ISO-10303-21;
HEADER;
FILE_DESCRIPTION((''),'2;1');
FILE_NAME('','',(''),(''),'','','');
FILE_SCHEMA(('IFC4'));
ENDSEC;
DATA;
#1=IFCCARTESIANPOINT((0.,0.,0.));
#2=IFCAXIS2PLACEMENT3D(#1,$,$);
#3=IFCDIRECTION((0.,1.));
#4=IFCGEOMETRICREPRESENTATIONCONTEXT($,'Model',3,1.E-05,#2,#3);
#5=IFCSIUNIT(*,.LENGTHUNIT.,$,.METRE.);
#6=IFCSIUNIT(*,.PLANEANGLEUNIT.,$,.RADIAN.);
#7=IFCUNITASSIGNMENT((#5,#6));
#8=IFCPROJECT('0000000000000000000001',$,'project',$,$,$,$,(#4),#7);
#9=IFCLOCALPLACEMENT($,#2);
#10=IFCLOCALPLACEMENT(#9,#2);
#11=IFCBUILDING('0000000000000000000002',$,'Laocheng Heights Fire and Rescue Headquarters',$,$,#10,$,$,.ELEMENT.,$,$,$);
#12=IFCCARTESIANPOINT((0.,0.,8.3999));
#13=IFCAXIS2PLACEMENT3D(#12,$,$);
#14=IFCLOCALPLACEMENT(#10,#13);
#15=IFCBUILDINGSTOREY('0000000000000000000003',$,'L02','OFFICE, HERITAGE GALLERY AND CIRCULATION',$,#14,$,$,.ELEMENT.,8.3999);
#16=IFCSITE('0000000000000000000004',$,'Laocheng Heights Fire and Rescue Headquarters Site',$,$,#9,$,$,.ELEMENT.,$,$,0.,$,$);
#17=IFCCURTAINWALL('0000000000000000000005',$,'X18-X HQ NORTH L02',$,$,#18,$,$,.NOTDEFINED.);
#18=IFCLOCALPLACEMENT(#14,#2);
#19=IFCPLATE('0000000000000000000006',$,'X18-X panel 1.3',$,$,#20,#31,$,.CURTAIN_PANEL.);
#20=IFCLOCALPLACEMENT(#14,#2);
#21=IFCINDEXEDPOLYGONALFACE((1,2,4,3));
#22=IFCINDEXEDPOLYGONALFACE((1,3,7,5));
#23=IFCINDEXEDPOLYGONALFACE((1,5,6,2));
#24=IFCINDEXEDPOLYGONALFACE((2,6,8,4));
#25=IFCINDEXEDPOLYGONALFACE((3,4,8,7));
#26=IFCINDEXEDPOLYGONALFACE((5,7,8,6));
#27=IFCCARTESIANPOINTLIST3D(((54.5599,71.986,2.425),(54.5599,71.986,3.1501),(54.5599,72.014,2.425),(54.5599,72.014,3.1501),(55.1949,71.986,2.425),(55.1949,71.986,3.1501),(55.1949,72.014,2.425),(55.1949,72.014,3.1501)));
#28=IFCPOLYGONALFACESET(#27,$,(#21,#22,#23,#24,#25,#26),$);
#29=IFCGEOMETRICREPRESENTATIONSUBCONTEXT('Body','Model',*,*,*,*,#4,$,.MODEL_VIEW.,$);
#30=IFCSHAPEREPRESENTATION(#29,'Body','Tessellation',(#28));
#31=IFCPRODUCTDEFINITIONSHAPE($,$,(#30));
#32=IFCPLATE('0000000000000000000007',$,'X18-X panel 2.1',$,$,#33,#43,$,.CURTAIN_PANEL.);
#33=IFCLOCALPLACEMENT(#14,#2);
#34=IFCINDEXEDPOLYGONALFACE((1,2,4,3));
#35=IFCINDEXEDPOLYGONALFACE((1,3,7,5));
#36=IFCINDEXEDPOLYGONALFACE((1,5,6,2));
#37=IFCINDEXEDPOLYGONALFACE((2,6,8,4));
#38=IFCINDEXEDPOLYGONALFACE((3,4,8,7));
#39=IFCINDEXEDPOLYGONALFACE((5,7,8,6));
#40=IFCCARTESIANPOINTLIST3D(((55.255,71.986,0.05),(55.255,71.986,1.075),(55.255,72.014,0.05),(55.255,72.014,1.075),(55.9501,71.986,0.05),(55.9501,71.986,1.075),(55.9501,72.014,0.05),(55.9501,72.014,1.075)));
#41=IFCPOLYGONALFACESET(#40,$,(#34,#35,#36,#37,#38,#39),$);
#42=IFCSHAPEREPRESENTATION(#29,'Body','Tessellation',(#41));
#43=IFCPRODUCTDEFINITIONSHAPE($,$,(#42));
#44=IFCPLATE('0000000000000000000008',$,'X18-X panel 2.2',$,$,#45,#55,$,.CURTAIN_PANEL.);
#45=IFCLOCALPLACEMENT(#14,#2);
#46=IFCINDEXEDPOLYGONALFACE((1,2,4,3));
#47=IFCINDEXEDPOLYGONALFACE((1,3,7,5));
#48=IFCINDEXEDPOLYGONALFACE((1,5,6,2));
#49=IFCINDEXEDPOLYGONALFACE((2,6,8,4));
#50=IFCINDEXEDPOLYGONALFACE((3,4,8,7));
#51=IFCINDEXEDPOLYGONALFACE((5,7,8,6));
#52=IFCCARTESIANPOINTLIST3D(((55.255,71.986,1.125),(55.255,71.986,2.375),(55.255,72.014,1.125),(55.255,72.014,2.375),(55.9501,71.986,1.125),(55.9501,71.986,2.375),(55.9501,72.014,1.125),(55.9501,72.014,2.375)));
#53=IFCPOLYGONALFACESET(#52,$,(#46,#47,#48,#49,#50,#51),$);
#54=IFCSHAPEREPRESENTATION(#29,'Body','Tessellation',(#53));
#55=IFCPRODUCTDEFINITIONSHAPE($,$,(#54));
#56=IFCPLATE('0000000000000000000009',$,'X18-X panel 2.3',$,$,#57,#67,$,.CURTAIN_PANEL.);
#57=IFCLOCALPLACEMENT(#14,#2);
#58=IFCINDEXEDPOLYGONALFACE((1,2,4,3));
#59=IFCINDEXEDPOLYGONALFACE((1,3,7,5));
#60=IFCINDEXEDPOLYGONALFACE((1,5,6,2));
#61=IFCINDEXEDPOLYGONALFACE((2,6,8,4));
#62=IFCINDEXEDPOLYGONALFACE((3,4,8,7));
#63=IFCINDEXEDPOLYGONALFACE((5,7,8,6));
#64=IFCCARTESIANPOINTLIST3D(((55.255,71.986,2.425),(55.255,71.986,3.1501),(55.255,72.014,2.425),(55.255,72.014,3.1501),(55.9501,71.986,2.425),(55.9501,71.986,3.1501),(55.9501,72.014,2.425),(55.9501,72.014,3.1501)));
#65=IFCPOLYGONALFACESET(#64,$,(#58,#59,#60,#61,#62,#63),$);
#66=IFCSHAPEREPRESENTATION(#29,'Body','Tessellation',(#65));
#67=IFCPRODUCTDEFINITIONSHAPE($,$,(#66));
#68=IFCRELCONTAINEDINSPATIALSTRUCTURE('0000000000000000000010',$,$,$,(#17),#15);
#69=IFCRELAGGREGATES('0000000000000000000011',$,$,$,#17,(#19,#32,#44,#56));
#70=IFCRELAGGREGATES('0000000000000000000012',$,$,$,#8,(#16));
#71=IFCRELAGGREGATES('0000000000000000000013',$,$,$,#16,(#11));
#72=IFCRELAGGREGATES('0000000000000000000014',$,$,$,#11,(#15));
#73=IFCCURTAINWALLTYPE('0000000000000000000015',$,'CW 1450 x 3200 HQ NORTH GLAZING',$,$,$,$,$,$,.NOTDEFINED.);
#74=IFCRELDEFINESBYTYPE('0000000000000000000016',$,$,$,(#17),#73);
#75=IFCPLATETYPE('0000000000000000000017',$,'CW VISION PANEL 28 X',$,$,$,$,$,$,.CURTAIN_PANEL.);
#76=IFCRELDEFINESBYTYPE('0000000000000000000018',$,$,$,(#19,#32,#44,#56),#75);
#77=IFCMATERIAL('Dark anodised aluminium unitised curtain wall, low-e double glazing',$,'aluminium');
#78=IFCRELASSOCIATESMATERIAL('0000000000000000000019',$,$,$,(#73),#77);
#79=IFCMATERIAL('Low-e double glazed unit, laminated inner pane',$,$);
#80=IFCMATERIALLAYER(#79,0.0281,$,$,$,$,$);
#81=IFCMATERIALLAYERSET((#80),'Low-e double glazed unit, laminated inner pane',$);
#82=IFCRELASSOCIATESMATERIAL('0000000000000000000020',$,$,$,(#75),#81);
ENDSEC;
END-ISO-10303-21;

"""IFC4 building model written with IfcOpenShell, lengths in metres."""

from ifc_helpers import new_model, si_unit, direction, frame, origin, origin_2d, place, context, subcontext, project, spatial, rectangle, extrude, material, layer, layer_set, type_object, element, aggregate, save


model = new_model("IFC4")

# Units and contexts
model_context = context("Model", 3, precision=1e-05, world=origin(), true_north=direction((0.0, 1.0)))
body_context = subcontext(model_context, "Body", "Model", "MODEL_VIEW")
ifc_project = project(units=[si_unit("LENGTHUNIT", "METRE"), si_unit("PLANEANGLEUNIT", "RADIAN")], contexts=[model_context])

# Site, building, storey
site_placement = place(None, origin())
site = spatial("IfcSite", under=ifc_project, at=site_placement, Name="Laocheng Heights Fire and Rescue Headquarters Site", CompositionType="ELEMENT", RefElevation=0.0)
building_placement = place(site_placement, origin())
building = spatial("IfcBuilding", under=site, at=building_placement, Name="Laocheng Heights Fire and Rescue Headquarters", CompositionType="ELEMENT")
storey_placement = place(building_placement, frame((0.0, 0.0, 8.3999)))
storey = spatial("IfcBuildingStorey", under=building, at=storey_placement, Name="L02", Description="OFFICE, HERITAGE GALLERY AND CIRCULATION", CompositionType="ELEMENT", Elevation=8.3999)

# Shared definitions
ifc_material_1 = material(Name="Dark anodised aluminium unitised curtain wall, low-e double glazing", Category="aluminium")
curtain_wall_type = type_object("IfcCurtainWallType", Name="CW 1450 x 3200 HQ NORTH GLAZING", PredefinedType="NOTDEFINED", material=ifc_material_1)

# Curtain wall
curtain_wall_1_placement = place(storey_placement, origin())
curtain_wall_1 = element("IfcCurtainWall", 1, at=curtain_wall_1_placement, inside=storey, type_object=curtain_wall_type, Name="X18-X HQ NORTH L02", PredefinedType="NOTDEFINED")

# Plates
ifc_material_2 = material(Name="Low-e double glazed unit, laminated inner pane")
ifc_layer_1 = layer(ifc_material_2, 0.0281)
ifc_layer_set_1 = layer_set([ifc_layer_1], Name="Low-e double glazed unit, laminated inner pane")
plate_type = type_object("IfcPlateType", Name="CW VISION PANEL 28 X", PredefinedType="CURTAIN_PANEL", material=ifc_layer_set_1)
plate_1_placement = place(storey_placement, frame((54.8774, 72.0, 2.425), z_axis=(0.0, 0.0, 1.0), x_axis=(1.0, 0.0, 0.0)))
plate_1 = element("IfcPlate", 2, at=plate_1_placement, type_object=plate_type, Name="X18-X panel 1.3", PredefinedType="CURTAIN_PANEL", context=body_context, shape_type="SweptSolid", body=[
    extrude(rectangle(XDim=0.635, YDim=0.0281, at=origin_2d()), origin(), (0.0, 0.0, 1.0), 0.7251),
])
plate_2_placement = place(storey_placement, frame((55.6025, 72.0, 0.05), z_axis=(0.0, 0.0, 1.0), x_axis=(1.0, 0.0, 0.0)))
plate_2 = element("IfcPlate", 3, at=plate_2_placement, type_object=plate_type, Name="X18-X panel 2.1", PredefinedType="CURTAIN_PANEL", context=body_context, shape_type="SweptSolid", body=[
    extrude(rectangle(XDim=0.6951, YDim=0.0281, at=origin_2d()), origin(), (0.0, 0.0, 1.0), 1.0249),
])
plate_3_placement = place(storey_placement, frame((55.6025, 72.0, 1.125), z_axis=(0.0, 0.0, 1.0), x_axis=(1.0, 0.0, 0.0)))
plate_3 = element("IfcPlate", 4, at=plate_3_placement, type_object=plate_type, Name="X18-X panel 2.2", PredefinedType="CURTAIN_PANEL", context=body_context, shape_type="SweptSolid", body=[
    extrude(rectangle(XDim=0.6951, YDim=0.0281, at=origin_2d()), origin(), (0.0, 0.0, 1.0), 1.25),
])
plate_4_placement = place(storey_placement, frame((55.6025, 72.0, 2.425), z_axis=(0.0, 0.0, 1.0), x_axis=(1.0, 0.0, 0.0)))
plate_4 = element("IfcPlate", 5, at=plate_4_placement, type_object=plate_type, Name="X18-X panel 2.3", PredefinedType="CURTAIN_PANEL", context=body_context, shape_type="SweptSolid", body=[
    extrude(rectangle(XDim=0.6951, YDim=0.0281, at=origin_2d()), origin(), (0.0, 0.0, 1.0), 0.7251),
])
aggregate(curtain_wall_1, [plate_1, plate_2, plate_3, plate_4])

save(model, "model.ifc")
